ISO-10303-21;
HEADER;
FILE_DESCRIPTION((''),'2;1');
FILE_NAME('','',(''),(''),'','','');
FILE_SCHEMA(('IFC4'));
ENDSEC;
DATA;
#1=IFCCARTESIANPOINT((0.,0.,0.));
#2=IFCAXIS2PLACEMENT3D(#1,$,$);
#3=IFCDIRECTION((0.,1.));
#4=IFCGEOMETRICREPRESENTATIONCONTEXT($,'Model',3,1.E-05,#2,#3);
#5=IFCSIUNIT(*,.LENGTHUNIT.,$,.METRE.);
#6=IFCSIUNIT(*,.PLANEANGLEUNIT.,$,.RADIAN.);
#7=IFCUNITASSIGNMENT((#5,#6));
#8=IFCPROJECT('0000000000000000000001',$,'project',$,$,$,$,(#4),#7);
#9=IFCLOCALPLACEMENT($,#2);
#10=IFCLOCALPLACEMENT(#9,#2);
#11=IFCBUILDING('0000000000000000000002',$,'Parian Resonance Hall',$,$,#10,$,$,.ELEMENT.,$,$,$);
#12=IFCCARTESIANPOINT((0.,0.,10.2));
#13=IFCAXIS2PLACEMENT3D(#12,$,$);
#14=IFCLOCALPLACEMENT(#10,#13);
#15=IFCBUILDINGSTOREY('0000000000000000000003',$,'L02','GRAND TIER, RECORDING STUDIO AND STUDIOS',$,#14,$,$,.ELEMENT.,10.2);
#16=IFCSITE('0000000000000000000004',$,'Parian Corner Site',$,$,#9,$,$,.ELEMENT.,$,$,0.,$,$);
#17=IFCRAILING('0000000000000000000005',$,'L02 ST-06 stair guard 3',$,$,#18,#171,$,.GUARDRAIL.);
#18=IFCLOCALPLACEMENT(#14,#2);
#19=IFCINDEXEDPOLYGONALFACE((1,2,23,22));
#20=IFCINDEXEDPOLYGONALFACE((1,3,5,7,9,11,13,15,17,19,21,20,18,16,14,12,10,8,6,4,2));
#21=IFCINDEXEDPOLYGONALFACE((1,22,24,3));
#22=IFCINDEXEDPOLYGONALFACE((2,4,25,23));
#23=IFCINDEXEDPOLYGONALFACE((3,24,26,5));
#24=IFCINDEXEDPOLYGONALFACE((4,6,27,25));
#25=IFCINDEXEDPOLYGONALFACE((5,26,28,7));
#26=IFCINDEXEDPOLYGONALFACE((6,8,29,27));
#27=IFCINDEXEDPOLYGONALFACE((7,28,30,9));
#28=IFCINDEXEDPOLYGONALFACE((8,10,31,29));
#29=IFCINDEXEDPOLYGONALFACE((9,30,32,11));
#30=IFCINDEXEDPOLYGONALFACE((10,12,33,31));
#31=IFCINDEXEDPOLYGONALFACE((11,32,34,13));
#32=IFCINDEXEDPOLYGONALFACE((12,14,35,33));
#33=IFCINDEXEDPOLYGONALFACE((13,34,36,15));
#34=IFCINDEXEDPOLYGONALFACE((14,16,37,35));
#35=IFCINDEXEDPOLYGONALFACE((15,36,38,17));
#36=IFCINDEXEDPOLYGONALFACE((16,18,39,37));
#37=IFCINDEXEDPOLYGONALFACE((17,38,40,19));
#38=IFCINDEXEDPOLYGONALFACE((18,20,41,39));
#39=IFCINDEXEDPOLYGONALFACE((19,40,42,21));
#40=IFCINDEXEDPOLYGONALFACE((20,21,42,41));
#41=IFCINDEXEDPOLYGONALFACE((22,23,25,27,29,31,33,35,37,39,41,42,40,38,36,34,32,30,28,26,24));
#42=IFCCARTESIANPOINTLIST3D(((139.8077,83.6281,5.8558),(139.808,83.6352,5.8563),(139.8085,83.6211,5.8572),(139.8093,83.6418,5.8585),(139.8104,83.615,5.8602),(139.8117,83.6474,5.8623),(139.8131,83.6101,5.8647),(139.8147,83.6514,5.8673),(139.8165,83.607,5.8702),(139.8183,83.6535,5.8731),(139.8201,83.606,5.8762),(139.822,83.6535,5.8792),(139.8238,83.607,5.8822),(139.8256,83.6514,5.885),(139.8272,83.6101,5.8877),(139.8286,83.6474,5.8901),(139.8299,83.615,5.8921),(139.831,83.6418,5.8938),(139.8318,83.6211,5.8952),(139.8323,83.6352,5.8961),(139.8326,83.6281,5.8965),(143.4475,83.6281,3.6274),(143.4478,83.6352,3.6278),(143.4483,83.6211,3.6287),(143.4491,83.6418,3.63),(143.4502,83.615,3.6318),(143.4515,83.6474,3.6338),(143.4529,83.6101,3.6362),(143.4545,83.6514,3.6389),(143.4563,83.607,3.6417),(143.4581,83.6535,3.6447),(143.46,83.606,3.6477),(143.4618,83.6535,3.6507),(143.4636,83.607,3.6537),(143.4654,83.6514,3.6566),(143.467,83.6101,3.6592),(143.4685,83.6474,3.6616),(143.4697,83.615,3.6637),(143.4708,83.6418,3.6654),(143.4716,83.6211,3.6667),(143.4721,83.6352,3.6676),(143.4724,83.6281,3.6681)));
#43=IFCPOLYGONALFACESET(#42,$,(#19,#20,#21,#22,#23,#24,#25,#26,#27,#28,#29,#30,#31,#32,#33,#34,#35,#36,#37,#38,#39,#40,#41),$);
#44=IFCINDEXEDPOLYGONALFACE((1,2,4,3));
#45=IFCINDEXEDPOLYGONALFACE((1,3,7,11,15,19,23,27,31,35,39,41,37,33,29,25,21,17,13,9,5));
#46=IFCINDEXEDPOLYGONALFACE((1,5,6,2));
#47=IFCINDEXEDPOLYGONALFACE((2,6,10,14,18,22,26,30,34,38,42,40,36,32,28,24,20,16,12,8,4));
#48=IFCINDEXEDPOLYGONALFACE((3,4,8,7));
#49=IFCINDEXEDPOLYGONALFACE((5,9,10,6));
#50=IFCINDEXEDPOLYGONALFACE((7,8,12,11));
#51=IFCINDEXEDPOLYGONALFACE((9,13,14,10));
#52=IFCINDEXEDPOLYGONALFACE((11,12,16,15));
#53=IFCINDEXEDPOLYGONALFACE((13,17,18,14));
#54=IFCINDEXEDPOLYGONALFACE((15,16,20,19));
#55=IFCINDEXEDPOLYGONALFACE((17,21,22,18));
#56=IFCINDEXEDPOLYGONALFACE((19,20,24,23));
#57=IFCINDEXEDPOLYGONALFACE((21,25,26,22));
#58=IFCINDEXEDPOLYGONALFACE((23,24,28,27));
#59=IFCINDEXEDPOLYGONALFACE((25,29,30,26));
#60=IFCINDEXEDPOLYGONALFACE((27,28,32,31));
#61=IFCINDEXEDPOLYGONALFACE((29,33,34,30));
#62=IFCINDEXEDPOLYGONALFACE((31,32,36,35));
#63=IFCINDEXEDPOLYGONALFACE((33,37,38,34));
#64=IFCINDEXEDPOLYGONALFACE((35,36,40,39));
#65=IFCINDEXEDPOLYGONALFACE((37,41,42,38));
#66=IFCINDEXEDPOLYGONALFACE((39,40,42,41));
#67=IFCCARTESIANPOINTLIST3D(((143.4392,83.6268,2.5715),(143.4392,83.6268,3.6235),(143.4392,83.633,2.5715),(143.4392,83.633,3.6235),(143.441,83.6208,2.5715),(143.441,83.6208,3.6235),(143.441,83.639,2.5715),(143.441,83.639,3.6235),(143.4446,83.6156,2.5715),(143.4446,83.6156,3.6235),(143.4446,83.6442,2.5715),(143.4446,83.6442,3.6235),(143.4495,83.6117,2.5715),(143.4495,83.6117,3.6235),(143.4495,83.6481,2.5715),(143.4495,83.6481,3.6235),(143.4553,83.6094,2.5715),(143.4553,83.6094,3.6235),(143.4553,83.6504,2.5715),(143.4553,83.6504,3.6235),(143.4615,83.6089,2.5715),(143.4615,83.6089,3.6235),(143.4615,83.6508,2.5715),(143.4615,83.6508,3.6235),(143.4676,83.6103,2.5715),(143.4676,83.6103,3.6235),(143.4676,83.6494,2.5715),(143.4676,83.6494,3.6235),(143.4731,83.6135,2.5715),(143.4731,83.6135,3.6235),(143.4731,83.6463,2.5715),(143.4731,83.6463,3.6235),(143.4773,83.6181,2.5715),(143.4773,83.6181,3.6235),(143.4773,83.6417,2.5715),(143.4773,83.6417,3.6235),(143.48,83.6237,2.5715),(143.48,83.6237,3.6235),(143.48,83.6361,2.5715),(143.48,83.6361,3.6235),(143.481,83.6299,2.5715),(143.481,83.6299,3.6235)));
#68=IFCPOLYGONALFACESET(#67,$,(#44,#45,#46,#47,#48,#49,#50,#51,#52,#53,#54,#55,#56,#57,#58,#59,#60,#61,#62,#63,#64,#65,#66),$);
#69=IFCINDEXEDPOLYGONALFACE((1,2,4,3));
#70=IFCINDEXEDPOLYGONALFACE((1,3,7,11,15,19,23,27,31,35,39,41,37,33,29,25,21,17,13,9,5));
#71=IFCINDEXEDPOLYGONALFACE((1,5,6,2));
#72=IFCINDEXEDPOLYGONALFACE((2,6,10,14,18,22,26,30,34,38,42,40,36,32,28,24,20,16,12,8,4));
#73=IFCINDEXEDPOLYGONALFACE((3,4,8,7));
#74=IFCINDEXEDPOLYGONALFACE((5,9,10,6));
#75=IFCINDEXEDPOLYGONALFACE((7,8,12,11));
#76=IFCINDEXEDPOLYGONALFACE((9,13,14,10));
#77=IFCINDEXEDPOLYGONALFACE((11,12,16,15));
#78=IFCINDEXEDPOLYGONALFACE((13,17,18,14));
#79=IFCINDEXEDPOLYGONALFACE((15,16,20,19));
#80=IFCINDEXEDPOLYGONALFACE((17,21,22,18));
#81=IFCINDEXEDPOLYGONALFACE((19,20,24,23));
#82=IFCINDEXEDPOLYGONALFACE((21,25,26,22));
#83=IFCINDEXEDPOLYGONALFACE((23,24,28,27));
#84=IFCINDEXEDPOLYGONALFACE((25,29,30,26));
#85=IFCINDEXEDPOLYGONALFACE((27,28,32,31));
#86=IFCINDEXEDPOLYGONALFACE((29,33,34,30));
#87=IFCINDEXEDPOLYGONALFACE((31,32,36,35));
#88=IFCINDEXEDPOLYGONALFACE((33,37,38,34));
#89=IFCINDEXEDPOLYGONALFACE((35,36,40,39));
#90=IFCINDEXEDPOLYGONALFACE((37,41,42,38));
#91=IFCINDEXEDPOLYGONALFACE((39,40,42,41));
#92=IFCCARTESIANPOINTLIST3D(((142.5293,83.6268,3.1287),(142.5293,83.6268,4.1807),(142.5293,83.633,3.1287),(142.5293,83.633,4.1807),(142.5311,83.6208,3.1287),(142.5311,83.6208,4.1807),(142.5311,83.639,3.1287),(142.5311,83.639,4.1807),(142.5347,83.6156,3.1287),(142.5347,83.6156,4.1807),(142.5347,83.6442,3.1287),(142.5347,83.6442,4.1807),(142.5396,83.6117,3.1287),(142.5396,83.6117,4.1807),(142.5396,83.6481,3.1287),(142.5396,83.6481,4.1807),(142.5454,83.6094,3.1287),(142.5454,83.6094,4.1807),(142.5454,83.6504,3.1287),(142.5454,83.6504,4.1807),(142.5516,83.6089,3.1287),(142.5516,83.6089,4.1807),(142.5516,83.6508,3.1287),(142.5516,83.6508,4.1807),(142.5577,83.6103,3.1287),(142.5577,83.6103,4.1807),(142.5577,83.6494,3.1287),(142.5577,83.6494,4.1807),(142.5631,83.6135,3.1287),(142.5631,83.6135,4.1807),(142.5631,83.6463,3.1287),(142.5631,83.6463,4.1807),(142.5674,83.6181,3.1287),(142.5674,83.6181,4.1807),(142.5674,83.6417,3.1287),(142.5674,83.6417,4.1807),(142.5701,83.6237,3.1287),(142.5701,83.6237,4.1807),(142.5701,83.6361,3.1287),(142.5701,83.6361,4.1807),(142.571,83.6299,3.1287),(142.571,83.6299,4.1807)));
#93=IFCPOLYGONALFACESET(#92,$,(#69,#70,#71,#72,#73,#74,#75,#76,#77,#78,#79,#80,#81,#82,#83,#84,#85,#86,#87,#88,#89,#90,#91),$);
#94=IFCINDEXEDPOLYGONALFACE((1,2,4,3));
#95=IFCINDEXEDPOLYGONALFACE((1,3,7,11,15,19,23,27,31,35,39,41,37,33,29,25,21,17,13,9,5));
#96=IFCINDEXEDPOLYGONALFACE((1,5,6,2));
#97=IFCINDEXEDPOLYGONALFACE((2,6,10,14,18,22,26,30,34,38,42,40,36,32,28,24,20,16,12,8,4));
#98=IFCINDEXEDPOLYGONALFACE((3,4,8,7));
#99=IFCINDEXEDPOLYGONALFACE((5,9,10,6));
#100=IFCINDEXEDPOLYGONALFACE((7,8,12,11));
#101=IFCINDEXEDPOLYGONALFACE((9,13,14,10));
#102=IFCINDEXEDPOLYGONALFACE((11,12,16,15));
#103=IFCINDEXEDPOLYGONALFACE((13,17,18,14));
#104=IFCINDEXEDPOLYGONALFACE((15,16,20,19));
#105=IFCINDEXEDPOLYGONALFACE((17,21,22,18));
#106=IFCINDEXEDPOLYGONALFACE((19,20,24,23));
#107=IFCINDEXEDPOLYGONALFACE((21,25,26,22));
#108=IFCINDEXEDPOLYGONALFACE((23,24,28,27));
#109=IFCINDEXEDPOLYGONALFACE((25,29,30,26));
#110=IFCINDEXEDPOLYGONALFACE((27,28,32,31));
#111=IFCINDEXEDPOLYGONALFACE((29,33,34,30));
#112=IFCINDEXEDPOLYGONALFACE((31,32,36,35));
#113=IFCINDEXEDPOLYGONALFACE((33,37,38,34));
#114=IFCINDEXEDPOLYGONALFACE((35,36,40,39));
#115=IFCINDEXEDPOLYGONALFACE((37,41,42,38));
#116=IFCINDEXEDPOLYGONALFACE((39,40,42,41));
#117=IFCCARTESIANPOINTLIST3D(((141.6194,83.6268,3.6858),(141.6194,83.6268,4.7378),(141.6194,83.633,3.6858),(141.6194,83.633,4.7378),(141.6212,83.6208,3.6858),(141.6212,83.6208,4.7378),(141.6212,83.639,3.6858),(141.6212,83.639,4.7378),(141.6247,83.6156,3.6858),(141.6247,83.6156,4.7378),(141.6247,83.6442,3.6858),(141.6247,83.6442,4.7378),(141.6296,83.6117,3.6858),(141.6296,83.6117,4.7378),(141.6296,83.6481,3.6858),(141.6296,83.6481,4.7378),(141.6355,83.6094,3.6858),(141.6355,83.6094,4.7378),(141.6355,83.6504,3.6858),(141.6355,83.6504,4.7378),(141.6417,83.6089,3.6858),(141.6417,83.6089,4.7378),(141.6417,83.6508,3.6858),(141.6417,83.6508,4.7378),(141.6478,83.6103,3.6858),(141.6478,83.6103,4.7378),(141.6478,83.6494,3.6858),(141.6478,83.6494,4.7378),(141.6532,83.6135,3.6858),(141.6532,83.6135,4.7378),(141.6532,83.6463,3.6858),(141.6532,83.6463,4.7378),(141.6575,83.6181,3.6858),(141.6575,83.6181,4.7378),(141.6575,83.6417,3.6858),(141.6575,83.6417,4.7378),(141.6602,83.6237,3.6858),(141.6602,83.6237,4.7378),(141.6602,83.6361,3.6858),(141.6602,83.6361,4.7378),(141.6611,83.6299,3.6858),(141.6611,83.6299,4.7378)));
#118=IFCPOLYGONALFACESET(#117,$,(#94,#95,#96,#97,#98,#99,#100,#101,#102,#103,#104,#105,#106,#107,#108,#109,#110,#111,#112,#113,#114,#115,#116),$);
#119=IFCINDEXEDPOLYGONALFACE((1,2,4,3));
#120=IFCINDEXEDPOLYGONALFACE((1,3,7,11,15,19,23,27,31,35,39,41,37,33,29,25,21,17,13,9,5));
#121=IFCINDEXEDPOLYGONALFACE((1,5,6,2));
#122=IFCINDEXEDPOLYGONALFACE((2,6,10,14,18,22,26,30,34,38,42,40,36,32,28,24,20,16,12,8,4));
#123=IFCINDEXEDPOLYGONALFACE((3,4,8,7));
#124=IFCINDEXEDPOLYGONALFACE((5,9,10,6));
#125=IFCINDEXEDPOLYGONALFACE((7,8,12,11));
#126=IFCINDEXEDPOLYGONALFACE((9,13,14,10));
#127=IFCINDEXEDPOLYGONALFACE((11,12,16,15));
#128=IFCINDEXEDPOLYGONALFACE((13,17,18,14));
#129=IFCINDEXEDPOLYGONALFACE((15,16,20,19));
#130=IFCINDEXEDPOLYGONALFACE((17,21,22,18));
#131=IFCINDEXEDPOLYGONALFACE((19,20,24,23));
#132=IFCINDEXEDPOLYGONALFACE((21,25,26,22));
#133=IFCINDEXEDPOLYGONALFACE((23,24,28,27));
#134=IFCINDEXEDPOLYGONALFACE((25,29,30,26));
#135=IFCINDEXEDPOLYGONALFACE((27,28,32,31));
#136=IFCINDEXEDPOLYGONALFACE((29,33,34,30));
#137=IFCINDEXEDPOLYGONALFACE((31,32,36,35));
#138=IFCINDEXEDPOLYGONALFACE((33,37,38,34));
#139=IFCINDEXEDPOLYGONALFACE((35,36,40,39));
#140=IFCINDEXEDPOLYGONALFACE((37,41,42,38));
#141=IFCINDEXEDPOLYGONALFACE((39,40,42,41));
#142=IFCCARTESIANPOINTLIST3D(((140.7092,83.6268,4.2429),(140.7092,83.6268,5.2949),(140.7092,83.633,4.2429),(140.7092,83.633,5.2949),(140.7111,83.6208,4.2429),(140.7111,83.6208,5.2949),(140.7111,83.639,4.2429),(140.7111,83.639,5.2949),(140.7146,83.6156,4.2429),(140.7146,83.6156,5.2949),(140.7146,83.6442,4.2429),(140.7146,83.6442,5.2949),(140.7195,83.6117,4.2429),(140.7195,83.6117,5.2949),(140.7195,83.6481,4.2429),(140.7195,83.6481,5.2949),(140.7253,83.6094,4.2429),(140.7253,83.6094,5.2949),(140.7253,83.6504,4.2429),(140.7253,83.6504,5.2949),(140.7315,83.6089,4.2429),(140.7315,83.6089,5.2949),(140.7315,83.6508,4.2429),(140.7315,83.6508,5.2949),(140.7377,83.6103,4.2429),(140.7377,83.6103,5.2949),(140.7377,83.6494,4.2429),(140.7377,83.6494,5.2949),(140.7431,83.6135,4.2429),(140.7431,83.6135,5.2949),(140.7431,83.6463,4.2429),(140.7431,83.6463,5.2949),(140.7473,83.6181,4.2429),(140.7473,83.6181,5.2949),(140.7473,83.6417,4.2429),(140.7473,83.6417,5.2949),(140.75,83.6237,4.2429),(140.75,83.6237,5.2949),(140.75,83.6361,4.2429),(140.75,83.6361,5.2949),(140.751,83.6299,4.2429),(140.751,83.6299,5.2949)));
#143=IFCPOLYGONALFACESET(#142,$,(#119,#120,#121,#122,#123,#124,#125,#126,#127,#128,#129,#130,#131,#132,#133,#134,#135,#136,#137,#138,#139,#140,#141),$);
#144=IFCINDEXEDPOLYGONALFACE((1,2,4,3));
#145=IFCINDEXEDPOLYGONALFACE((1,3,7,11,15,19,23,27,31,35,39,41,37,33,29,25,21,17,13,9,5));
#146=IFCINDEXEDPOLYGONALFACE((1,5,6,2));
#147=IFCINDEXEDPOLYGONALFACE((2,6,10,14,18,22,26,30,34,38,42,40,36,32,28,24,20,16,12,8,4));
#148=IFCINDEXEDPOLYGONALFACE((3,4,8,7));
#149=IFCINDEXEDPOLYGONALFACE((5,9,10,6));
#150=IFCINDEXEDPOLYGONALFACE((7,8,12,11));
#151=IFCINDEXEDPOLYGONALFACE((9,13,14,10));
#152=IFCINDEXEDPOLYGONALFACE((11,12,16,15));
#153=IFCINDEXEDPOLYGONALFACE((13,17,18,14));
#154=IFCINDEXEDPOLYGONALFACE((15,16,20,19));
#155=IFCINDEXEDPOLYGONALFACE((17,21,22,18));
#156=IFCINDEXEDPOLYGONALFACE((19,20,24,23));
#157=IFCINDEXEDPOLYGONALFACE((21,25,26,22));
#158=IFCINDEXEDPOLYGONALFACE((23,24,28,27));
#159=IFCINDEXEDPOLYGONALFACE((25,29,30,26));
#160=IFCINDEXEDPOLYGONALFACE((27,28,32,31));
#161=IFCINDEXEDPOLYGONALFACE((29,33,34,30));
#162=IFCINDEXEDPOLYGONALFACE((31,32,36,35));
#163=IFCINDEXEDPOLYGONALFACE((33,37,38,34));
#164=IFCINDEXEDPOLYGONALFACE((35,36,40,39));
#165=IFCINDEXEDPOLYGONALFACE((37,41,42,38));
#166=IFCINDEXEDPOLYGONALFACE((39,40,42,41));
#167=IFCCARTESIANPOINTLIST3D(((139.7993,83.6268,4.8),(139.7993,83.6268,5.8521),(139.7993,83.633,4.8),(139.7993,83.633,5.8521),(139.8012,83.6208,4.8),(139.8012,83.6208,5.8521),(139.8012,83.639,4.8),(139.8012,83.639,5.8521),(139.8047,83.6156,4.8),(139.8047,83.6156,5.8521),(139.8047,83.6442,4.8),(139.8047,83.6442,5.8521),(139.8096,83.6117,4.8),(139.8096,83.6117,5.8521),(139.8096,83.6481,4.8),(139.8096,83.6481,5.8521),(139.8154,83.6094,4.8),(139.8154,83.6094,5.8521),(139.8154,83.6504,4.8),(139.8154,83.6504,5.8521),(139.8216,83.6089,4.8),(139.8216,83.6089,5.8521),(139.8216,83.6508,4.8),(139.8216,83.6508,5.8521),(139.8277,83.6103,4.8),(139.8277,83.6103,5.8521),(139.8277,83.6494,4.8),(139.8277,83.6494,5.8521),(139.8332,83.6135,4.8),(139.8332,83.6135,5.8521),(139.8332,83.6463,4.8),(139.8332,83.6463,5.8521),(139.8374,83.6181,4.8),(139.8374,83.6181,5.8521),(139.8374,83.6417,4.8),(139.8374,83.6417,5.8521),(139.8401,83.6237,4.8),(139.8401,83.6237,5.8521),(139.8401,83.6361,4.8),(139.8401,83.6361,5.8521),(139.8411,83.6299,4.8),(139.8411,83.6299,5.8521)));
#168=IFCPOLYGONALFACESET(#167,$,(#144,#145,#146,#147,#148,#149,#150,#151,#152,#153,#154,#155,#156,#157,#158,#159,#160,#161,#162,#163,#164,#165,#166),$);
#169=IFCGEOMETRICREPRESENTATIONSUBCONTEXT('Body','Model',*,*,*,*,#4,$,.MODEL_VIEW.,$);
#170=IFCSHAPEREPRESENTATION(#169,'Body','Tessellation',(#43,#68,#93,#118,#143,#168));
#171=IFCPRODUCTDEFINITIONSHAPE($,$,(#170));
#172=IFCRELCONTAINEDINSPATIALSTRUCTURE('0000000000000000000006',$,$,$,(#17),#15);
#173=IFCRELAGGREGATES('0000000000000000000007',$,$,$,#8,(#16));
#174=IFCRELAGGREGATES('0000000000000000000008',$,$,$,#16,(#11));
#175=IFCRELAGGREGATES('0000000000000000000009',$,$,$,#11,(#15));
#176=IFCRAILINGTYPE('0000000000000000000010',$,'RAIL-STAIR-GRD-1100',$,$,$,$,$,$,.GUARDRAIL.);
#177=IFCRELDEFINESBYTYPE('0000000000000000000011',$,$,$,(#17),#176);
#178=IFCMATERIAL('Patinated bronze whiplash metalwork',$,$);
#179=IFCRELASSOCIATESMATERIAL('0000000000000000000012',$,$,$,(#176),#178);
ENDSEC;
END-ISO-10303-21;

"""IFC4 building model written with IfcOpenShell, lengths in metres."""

from ifc_helpers import new_model, si_unit, direction, frame, origin, origin_2d, place, context, subcontext, project, spatial, circle, extrude, material, type_object, element, save


model = new_model("IFC4")

# Units and contexts
model_context = context("Model", 3, precision=1e-05, world=origin(), true_north=direction((0.0, 1.0)))
body_context = subcontext(model_context, "Body", "Model", "MODEL_VIEW")
ifc_project = project(units=[si_unit("LENGTHUNIT", "METRE"), si_unit("PLANEANGLEUNIT", "RADIAN")], contexts=[model_context])

# Site, building, storey
site_placement = place(None, origin())
site = spatial("IfcSite", under=ifc_project, at=site_placement, Name="Parian Corner Site", CompositionType="ELEMENT", RefElevation=0.0)
building_placement = place(site_placement, origin())
building = spatial("IfcBuilding", under=site, at=building_placement, Name="Parian Resonance Hall", CompositionType="ELEMENT")
storey_placement = place(building_placement, frame((0.0, 0.0, 10.2)))
storey = spatial("IfcBuildingStorey", under=building, at=storey_placement, Name="L02", Description="GRAND TIER, RECORDING STUDIO AND STUDIOS", CompositionType="ELEMENT", Elevation=10.2)

# Railing
ifc_material_1 = material(Name="Patinated bronze whiplash metalwork")
railing_type_1 = type_object("IfcRailingType", Name="RAIL-STAIR-GRD-1100", PredefinedType="GUARDRAIL", material=ifc_material_1)
railing_1_placement = place(storey_placement, frame((143.46, 83.6299, 2.5715)))
element("IfcRailing", 1, at=railing_1_placement, inside=storey, type_object=railing_type_1, Name="L02 ST-06 stair guard 3", PredefinedType="GUARDRAIL", context=body_context, shape_type="SweptSolid", body=[
    extrude(circle(Radius=0.0239, at=origin_2d()), frame((0.0, 0.0, 1.0762), z_axis=(-0.85285, 0.0, 0.522156), x_axis=(0.0, -1.0, 0.0)), (0.0, 0.0, 1.0), 4.2678),
    extrude(circle(Radius=0.021, at=origin_2d()), origin(), (0.0, 0.0, 1.0), 1.052),
    extrude(circle(Radius=0.021, at=origin_2d()), frame((-0.9099, 0.0, 0.5571)), (0.0, 0.0, 1.0), 1.052),
    extrude(circle(Radius=0.021, at=origin_2d()), frame((-1.8198, 0.0, 1.1143)), (0.0, 0.0, 1.0), 1.052),
    extrude(circle(Radius=0.021, at=origin_2d()), frame((-2.73, 0.0, 1.6714)), (0.0, 0.0, 1.0), 1.052),
    extrude(circle(Radius=0.021, at=origin_2d()), frame((-3.6399, 0.0, 2.2285)), (0.0, 0.0, 1.0), 1.052),
])

save(model, "model.ifc")
